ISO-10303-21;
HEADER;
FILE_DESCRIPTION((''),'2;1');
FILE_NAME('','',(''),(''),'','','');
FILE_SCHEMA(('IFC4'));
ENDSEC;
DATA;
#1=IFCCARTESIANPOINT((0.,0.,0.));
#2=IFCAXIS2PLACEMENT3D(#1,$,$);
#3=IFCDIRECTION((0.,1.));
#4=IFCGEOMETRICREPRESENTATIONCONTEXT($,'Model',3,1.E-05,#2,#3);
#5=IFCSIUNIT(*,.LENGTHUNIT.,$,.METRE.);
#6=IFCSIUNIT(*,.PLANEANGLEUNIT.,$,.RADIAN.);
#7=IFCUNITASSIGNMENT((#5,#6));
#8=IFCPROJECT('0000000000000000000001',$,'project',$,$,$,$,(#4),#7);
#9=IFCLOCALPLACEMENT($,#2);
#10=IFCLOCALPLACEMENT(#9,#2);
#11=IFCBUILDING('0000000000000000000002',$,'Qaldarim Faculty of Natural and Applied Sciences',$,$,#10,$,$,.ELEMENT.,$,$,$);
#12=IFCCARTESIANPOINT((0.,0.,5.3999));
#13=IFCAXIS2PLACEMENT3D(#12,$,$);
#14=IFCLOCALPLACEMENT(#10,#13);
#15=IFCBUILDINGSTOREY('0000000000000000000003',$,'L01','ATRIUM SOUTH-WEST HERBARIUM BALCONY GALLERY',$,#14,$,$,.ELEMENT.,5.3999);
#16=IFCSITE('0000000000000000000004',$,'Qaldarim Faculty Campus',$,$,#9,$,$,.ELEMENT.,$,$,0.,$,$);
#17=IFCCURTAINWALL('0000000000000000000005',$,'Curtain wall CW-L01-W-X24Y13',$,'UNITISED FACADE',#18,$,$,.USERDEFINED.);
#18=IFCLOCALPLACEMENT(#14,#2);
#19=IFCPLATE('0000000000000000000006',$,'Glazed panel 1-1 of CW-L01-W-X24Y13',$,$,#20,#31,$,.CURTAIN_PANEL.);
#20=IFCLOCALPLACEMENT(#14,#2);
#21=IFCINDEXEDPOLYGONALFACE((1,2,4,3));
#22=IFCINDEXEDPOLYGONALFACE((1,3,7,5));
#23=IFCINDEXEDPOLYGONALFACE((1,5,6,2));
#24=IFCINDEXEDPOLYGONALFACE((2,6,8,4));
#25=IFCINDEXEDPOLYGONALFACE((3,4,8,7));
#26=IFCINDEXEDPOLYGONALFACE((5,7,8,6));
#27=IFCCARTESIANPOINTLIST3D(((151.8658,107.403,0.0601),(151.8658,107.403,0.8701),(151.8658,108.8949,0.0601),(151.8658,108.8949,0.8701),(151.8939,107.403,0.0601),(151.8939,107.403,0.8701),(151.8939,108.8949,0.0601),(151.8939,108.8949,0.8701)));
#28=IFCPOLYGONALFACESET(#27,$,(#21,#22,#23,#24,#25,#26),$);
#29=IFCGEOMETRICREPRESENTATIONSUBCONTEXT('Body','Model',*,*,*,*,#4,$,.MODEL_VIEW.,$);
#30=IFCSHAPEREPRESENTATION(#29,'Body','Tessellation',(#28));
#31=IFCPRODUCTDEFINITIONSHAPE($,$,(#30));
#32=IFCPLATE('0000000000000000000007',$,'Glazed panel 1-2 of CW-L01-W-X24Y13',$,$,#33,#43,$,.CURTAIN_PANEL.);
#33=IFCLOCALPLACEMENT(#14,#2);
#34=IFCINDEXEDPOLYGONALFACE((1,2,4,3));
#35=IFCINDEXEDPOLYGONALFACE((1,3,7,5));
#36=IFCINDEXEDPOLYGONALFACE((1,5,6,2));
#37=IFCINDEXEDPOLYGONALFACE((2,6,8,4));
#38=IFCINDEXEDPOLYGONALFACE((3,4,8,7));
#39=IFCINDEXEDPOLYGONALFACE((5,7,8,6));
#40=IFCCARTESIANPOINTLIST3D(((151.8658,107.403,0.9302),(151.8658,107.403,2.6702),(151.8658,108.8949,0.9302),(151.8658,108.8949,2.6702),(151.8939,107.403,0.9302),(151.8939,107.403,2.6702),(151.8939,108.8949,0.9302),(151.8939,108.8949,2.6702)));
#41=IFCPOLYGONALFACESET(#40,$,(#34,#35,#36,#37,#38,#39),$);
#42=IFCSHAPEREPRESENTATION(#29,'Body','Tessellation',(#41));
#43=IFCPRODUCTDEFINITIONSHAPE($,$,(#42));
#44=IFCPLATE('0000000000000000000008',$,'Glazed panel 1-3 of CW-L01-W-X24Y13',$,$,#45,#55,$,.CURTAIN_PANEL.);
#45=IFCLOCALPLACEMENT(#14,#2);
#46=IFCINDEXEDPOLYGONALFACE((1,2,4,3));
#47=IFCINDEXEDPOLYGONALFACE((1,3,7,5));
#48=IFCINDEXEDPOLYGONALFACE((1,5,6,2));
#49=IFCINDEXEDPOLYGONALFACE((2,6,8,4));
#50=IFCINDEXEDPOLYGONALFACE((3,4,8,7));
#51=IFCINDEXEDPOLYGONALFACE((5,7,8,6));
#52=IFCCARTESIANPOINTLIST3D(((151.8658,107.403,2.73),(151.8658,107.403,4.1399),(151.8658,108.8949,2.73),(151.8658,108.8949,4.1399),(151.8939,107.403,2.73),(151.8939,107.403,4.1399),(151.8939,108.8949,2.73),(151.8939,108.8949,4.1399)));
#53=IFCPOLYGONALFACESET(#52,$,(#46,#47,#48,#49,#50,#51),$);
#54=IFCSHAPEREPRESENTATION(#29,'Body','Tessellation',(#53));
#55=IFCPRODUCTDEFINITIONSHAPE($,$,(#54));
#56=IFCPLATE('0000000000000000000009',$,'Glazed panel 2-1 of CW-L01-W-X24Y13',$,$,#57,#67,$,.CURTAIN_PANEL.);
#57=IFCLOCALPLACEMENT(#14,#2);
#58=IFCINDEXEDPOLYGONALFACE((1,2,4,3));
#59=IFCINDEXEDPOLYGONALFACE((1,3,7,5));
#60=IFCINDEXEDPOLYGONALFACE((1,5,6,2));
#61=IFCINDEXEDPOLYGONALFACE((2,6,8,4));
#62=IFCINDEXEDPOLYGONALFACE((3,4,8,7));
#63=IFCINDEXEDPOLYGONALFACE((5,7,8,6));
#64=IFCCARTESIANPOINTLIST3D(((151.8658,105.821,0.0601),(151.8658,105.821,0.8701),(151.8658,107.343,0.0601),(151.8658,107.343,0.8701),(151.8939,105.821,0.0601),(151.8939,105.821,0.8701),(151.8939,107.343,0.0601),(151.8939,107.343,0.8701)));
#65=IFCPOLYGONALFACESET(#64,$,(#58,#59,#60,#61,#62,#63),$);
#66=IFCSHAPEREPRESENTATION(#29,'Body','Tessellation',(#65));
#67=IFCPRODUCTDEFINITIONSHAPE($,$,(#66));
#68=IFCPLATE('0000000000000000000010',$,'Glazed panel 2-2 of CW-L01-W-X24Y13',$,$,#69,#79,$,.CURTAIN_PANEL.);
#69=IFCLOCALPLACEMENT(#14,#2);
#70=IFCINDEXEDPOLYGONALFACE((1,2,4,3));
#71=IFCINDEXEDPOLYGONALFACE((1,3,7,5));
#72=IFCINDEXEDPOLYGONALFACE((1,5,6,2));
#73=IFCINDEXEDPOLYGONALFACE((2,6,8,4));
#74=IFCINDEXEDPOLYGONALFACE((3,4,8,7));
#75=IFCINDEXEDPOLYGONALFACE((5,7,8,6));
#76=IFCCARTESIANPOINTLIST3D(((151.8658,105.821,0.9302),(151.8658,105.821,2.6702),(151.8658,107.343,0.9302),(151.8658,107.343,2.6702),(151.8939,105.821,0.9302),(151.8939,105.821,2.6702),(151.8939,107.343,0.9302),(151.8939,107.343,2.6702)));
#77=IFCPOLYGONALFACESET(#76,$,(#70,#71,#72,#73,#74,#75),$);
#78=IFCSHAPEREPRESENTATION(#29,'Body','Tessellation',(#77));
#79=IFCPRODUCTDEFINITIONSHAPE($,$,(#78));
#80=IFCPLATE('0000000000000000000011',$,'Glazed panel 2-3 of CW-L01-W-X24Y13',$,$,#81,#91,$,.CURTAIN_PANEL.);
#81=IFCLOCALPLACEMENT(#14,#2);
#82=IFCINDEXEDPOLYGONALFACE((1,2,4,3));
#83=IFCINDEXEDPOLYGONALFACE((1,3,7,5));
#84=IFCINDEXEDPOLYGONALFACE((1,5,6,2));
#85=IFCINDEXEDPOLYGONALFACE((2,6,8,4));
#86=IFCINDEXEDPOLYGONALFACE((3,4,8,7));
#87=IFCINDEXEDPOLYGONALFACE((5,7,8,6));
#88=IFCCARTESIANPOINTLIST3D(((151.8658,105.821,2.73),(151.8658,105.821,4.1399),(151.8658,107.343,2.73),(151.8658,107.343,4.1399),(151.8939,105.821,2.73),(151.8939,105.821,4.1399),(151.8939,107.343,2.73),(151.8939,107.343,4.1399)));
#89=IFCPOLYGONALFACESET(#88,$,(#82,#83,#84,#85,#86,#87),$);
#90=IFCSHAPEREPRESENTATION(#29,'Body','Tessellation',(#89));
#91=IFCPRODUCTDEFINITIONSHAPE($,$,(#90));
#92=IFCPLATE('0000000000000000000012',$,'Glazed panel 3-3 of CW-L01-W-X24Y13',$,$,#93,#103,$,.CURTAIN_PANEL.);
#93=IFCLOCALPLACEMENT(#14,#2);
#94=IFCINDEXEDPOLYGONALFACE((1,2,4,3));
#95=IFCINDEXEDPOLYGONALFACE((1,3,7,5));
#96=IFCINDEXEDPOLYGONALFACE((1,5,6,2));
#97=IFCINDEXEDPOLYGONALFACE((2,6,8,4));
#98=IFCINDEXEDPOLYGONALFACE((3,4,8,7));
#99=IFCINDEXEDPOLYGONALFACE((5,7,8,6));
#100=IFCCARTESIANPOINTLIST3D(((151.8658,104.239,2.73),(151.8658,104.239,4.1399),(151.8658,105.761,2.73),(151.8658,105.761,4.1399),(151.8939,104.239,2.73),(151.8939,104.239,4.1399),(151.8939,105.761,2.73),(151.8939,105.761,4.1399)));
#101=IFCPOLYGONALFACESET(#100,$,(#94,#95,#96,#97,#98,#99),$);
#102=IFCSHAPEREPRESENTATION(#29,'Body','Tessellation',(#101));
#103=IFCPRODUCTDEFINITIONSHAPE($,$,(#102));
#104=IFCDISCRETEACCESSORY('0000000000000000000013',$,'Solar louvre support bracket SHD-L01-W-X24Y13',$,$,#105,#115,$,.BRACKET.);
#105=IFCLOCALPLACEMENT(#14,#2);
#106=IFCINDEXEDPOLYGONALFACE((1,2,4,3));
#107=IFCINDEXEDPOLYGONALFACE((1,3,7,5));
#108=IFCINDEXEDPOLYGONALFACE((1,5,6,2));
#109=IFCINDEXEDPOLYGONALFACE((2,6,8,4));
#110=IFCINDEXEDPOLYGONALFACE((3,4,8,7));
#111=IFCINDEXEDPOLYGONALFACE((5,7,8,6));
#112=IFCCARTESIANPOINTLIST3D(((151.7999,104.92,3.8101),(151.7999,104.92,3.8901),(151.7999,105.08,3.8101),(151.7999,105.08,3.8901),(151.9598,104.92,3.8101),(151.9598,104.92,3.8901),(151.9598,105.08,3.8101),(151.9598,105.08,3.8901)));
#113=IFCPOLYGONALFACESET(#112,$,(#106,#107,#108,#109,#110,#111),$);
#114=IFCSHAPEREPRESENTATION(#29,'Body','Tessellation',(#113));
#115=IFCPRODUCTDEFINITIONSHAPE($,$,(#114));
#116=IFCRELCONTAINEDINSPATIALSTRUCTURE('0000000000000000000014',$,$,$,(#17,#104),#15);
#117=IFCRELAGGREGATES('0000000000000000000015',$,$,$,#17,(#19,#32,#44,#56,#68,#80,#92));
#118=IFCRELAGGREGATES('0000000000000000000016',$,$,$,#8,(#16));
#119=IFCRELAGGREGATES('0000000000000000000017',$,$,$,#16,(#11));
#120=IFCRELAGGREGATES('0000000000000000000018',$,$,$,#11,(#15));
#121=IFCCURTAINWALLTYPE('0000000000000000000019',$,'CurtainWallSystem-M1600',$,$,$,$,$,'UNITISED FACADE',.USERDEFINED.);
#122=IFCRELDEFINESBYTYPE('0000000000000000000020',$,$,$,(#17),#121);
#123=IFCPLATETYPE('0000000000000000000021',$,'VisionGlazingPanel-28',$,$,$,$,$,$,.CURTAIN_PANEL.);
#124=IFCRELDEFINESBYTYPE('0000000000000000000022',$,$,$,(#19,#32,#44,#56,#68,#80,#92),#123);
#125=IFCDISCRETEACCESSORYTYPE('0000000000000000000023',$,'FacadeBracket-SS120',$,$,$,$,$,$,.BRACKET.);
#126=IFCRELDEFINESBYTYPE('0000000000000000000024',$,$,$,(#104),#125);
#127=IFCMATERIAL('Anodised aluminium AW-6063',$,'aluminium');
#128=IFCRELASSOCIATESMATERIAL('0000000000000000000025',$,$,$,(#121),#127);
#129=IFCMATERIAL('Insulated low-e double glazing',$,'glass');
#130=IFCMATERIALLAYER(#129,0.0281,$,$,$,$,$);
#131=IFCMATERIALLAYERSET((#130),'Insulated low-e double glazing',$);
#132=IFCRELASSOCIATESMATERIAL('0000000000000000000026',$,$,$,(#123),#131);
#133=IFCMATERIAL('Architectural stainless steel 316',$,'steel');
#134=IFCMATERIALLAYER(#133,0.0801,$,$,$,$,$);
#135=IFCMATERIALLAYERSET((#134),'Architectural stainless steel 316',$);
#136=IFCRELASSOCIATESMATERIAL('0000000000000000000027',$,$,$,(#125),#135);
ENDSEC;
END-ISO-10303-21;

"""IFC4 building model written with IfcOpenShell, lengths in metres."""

from ifc_helpers import new_model, si_unit, direction, frame, origin, origin_2d, place, context, subcontext, project, spatial, rectangle, extrude, material, layer, layer_set, type_object, element, aggregate, save


model = new_model("IFC4")

# Units and contexts
model_context = context("Model", 3, precision=1e-05, world=origin(), true_north=direction((0.0, 1.0)))
body_context = subcontext(model_context, "Body", "Model", "MODEL_VIEW")
ifc_project = project(units=[si_unit("LENGTHUNIT", "METRE"), si_unit("PLANEANGLEUNIT", "RADIAN")], contexts=[model_context])

# Site, building, storey
site_placement = place(None, origin())
site = spatial("IfcSite", under=ifc_project, at=site_placement, Name="Qaldarim Faculty Campus", CompositionType="ELEMENT", RefElevation=0.0)
building_placement = place(site_placement, origin())
building = spatial("IfcBuilding", under=site, at=building_placement, Name="Qaldarim Faculty of Natural and Applied Sciences", CompositionType="ELEMENT")
storey_placement = place(building_placement, frame((0.0, 0.0, 5.3999)))
storey = spatial("IfcBuildingStorey", under=building, at=storey_placement, Name="L01", Description="ATRIUM SOUTH-WEST HERBARIUM BALCONY GALLERY", CompositionType="ELEMENT", Elevation=5.3999)

# Curtain wall, plates
ifc_material_1 = material(Name="Anodised aluminium AW-6063", Category="aluminium")
curtain_wall_type = type_object("IfcCurtainWallType", Name="CurtainWallSystem-M1600", ElementType="UNITISED FACADE", PredefinedType="USERDEFINED", material=ifc_material_1)
curtain_wall_placement = place(storey_placement, origin())
curtain_wall = element("IfcCurtainWall", 1, at=curtain_wall_placement, inside=storey, type_object=curtain_wall_type, Name="Curtain wall CW-L01-W-X24Y13", ObjectType="UNITISED FACADE", PredefinedType="USERDEFINED")
ifc_material_2 = material(Name="Insulated low-e double glazing", Category="glass")
ifc_layer_1 = layer(ifc_material_2, 0.0281)
ifc_layer_set_1 = layer_set([ifc_layer_1], Name="Insulated low-e double glazing")
plate_type = type_object("IfcPlateType", Name="VisionGlazingPanel-28", PredefinedType="CURTAIN_PANEL", material=ifc_layer_set_1)
plate_1_placement = place(storey_placement, frame((151.8799, 108.1489, 0.0601), z_axis=(0.0, 0.0, 1.0), x_axis=(0.0, -1.0, 0.0)))
plate_1 = element("IfcPlate", 2, at=plate_1_placement, type_object=plate_type, Name="Glazed panel 1-1 of CW-L01-W-X24Y13", PredefinedType="CURTAIN_PANEL", context=body_context, shape_type="SweptSolid", body=[
    extrude(rectangle(XDim=1.4919, YDim=0.0281, at=origin_2d()), origin(), (0.0, 0.0, 1.0), 0.8101),
])
plate_2_placement = place(storey_placement, frame((151.8799, 108.1489, 0.9302), z_axis=(0.0, 0.0, 1.0), x_axis=(0.0, -1.0, 0.0)))
plate_2 = element("IfcPlate", 3, at=plate_2_placement, type_object=plate_type, Name="Glazed panel 1-2 of CW-L01-W-X24Y13", PredefinedType="CURTAIN_PANEL", context=body_context, shape_type="SweptSolid", body=[
    extrude(rectangle(XDim=1.4919, YDim=0.0281, at=origin_2d()), origin(), (0.0, 0.0, 1.0), 1.74),
])
plate_3_placement = place(storey_placement, frame((151.8799, 108.1489, 2.73), z_axis=(0.0, 0.0, 1.0), x_axis=(0.0, -1.0, 0.0)))
plate_3 = element("IfcPlate", 4, at=plate_3_placement, type_object=plate_type, Name="Glazed panel 1-3 of CW-L01-W-X24Y13", PredefinedType="CURTAIN_PANEL", context=body_context, shape_type="SweptSolid", body=[
    extrude(rectangle(XDim=1.4919, YDim=0.0281, at=origin_2d()), origin(), (0.0, 0.0, 1.0), 1.4099),
])
plate_4_placement = place(storey_placement, frame((151.8799, 106.582, 0.0601), z_axis=(0.0, 0.0, 1.0), x_axis=(0.0, -1.0, 0.0)))
plate_4 = element("IfcPlate", 5, at=plate_4_placement, type_object=plate_type, Name="Glazed panel 2-1 of CW-L01-W-X24Y13", PredefinedType="CURTAIN_PANEL", context=body_context, shape_type="SweptSolid", body=[
    extrude(rectangle(XDim=1.522, YDim=0.0281, at=origin_2d()), origin(), (0.0, 0.0, 1.0), 0.8101),
])
plate_5_placement = place(storey_placement, frame((151.8799, 106.582, 0.9302), z_axis=(0.0, 0.0, 1.0), x_axis=(0.0, -1.0, 0.0)))
plate_5 = element("IfcPlate", 6, at=plate_5_placement, type_object=plate_type, Name="Glazed panel 2-2 of CW-L01-W-X24Y13", PredefinedType="CURTAIN_PANEL", context=body_context, shape_type="SweptSolid", body=[
    extrude(rectangle(XDim=1.522, YDim=0.0281, at=origin_2d()), origin(), (0.0, 0.0, 1.0), 1.74),
])
plate_6_placement = place(storey_placement, frame((151.8799, 106.582, 2.73), z_axis=(0.0, 0.0, 1.0), x_axis=(0.0, -1.0, 0.0)))
plate_6 = element("IfcPlate", 7, at=plate_6_placement, type_object=plate_type, Name="Glazed panel 2-3 of CW-L01-W-X24Y13", PredefinedType="CURTAIN_PANEL", context=body_context, shape_type="SweptSolid", body=[
    extrude(rectangle(XDim=1.522, YDim=0.0281, at=origin_2d()), origin(), (0.0, 0.0, 1.0), 1.4099),
])
plate_7_placement = place(storey_placement, frame((151.8799, 105.0, 2.73), z_axis=(0.0, 0.0, 1.0), x_axis=(0.0, -1.0, 0.0)))
plate_7 = element("IfcPlate", 8, at=plate_7_placement, type_object=plate_type, Name="Glazed panel 3-3 of CW-L01-W-X24Y13", PredefinedType="CURTAIN_PANEL", context=body_context, shape_type="SweptSolid", body=[
    extrude(rectangle(XDim=1.522, YDim=0.0281, at=origin_2d()), origin(), (0.0, 0.0, 1.0), 1.4099),
])
aggregate(curtain_wall, [plate_1, plate_2, plate_3, plate_4, plate_5, plate_6, plate_7])

# Discrete accessory
ifc_material_3 = material(Name="Architectural stainless steel 316", Category="steel")
ifc_layer_2 = layer(ifc_material_3, 0.0801)
ifc_layer_set_2 = layer_set([ifc_layer_2], Name="Architectural stainless steel 316")
discrete_accessory_type = type_object("IfcDiscreteAccessoryType", Name="FacadeBracket-SS120", PredefinedType="BRACKET", material=ifc_layer_set_2)
discrete_accessory_placement = place(storey_placement, frame((151.8799, 105.0, 3.8101), z_axis=(0.0, 0.0, 1.0), x_axis=(0.0, 1.0, 0.0)))
element("IfcDiscreteAccessory", 9, at=discrete_accessory_placement, inside=storey, type_object=discrete_accessory_type, Name="Solar louvre support bracket SHD-L01-W-X24Y13", PredefinedType="BRACKET", context=body_context, shape_type="SweptSolid", body=[
    extrude(rectangle(XDim=0.1599, YDim=0.1599, at=origin_2d()), origin(), (0.0, 0.0, 1.0), 0.0801),
])

save(model, "model.ifc")
